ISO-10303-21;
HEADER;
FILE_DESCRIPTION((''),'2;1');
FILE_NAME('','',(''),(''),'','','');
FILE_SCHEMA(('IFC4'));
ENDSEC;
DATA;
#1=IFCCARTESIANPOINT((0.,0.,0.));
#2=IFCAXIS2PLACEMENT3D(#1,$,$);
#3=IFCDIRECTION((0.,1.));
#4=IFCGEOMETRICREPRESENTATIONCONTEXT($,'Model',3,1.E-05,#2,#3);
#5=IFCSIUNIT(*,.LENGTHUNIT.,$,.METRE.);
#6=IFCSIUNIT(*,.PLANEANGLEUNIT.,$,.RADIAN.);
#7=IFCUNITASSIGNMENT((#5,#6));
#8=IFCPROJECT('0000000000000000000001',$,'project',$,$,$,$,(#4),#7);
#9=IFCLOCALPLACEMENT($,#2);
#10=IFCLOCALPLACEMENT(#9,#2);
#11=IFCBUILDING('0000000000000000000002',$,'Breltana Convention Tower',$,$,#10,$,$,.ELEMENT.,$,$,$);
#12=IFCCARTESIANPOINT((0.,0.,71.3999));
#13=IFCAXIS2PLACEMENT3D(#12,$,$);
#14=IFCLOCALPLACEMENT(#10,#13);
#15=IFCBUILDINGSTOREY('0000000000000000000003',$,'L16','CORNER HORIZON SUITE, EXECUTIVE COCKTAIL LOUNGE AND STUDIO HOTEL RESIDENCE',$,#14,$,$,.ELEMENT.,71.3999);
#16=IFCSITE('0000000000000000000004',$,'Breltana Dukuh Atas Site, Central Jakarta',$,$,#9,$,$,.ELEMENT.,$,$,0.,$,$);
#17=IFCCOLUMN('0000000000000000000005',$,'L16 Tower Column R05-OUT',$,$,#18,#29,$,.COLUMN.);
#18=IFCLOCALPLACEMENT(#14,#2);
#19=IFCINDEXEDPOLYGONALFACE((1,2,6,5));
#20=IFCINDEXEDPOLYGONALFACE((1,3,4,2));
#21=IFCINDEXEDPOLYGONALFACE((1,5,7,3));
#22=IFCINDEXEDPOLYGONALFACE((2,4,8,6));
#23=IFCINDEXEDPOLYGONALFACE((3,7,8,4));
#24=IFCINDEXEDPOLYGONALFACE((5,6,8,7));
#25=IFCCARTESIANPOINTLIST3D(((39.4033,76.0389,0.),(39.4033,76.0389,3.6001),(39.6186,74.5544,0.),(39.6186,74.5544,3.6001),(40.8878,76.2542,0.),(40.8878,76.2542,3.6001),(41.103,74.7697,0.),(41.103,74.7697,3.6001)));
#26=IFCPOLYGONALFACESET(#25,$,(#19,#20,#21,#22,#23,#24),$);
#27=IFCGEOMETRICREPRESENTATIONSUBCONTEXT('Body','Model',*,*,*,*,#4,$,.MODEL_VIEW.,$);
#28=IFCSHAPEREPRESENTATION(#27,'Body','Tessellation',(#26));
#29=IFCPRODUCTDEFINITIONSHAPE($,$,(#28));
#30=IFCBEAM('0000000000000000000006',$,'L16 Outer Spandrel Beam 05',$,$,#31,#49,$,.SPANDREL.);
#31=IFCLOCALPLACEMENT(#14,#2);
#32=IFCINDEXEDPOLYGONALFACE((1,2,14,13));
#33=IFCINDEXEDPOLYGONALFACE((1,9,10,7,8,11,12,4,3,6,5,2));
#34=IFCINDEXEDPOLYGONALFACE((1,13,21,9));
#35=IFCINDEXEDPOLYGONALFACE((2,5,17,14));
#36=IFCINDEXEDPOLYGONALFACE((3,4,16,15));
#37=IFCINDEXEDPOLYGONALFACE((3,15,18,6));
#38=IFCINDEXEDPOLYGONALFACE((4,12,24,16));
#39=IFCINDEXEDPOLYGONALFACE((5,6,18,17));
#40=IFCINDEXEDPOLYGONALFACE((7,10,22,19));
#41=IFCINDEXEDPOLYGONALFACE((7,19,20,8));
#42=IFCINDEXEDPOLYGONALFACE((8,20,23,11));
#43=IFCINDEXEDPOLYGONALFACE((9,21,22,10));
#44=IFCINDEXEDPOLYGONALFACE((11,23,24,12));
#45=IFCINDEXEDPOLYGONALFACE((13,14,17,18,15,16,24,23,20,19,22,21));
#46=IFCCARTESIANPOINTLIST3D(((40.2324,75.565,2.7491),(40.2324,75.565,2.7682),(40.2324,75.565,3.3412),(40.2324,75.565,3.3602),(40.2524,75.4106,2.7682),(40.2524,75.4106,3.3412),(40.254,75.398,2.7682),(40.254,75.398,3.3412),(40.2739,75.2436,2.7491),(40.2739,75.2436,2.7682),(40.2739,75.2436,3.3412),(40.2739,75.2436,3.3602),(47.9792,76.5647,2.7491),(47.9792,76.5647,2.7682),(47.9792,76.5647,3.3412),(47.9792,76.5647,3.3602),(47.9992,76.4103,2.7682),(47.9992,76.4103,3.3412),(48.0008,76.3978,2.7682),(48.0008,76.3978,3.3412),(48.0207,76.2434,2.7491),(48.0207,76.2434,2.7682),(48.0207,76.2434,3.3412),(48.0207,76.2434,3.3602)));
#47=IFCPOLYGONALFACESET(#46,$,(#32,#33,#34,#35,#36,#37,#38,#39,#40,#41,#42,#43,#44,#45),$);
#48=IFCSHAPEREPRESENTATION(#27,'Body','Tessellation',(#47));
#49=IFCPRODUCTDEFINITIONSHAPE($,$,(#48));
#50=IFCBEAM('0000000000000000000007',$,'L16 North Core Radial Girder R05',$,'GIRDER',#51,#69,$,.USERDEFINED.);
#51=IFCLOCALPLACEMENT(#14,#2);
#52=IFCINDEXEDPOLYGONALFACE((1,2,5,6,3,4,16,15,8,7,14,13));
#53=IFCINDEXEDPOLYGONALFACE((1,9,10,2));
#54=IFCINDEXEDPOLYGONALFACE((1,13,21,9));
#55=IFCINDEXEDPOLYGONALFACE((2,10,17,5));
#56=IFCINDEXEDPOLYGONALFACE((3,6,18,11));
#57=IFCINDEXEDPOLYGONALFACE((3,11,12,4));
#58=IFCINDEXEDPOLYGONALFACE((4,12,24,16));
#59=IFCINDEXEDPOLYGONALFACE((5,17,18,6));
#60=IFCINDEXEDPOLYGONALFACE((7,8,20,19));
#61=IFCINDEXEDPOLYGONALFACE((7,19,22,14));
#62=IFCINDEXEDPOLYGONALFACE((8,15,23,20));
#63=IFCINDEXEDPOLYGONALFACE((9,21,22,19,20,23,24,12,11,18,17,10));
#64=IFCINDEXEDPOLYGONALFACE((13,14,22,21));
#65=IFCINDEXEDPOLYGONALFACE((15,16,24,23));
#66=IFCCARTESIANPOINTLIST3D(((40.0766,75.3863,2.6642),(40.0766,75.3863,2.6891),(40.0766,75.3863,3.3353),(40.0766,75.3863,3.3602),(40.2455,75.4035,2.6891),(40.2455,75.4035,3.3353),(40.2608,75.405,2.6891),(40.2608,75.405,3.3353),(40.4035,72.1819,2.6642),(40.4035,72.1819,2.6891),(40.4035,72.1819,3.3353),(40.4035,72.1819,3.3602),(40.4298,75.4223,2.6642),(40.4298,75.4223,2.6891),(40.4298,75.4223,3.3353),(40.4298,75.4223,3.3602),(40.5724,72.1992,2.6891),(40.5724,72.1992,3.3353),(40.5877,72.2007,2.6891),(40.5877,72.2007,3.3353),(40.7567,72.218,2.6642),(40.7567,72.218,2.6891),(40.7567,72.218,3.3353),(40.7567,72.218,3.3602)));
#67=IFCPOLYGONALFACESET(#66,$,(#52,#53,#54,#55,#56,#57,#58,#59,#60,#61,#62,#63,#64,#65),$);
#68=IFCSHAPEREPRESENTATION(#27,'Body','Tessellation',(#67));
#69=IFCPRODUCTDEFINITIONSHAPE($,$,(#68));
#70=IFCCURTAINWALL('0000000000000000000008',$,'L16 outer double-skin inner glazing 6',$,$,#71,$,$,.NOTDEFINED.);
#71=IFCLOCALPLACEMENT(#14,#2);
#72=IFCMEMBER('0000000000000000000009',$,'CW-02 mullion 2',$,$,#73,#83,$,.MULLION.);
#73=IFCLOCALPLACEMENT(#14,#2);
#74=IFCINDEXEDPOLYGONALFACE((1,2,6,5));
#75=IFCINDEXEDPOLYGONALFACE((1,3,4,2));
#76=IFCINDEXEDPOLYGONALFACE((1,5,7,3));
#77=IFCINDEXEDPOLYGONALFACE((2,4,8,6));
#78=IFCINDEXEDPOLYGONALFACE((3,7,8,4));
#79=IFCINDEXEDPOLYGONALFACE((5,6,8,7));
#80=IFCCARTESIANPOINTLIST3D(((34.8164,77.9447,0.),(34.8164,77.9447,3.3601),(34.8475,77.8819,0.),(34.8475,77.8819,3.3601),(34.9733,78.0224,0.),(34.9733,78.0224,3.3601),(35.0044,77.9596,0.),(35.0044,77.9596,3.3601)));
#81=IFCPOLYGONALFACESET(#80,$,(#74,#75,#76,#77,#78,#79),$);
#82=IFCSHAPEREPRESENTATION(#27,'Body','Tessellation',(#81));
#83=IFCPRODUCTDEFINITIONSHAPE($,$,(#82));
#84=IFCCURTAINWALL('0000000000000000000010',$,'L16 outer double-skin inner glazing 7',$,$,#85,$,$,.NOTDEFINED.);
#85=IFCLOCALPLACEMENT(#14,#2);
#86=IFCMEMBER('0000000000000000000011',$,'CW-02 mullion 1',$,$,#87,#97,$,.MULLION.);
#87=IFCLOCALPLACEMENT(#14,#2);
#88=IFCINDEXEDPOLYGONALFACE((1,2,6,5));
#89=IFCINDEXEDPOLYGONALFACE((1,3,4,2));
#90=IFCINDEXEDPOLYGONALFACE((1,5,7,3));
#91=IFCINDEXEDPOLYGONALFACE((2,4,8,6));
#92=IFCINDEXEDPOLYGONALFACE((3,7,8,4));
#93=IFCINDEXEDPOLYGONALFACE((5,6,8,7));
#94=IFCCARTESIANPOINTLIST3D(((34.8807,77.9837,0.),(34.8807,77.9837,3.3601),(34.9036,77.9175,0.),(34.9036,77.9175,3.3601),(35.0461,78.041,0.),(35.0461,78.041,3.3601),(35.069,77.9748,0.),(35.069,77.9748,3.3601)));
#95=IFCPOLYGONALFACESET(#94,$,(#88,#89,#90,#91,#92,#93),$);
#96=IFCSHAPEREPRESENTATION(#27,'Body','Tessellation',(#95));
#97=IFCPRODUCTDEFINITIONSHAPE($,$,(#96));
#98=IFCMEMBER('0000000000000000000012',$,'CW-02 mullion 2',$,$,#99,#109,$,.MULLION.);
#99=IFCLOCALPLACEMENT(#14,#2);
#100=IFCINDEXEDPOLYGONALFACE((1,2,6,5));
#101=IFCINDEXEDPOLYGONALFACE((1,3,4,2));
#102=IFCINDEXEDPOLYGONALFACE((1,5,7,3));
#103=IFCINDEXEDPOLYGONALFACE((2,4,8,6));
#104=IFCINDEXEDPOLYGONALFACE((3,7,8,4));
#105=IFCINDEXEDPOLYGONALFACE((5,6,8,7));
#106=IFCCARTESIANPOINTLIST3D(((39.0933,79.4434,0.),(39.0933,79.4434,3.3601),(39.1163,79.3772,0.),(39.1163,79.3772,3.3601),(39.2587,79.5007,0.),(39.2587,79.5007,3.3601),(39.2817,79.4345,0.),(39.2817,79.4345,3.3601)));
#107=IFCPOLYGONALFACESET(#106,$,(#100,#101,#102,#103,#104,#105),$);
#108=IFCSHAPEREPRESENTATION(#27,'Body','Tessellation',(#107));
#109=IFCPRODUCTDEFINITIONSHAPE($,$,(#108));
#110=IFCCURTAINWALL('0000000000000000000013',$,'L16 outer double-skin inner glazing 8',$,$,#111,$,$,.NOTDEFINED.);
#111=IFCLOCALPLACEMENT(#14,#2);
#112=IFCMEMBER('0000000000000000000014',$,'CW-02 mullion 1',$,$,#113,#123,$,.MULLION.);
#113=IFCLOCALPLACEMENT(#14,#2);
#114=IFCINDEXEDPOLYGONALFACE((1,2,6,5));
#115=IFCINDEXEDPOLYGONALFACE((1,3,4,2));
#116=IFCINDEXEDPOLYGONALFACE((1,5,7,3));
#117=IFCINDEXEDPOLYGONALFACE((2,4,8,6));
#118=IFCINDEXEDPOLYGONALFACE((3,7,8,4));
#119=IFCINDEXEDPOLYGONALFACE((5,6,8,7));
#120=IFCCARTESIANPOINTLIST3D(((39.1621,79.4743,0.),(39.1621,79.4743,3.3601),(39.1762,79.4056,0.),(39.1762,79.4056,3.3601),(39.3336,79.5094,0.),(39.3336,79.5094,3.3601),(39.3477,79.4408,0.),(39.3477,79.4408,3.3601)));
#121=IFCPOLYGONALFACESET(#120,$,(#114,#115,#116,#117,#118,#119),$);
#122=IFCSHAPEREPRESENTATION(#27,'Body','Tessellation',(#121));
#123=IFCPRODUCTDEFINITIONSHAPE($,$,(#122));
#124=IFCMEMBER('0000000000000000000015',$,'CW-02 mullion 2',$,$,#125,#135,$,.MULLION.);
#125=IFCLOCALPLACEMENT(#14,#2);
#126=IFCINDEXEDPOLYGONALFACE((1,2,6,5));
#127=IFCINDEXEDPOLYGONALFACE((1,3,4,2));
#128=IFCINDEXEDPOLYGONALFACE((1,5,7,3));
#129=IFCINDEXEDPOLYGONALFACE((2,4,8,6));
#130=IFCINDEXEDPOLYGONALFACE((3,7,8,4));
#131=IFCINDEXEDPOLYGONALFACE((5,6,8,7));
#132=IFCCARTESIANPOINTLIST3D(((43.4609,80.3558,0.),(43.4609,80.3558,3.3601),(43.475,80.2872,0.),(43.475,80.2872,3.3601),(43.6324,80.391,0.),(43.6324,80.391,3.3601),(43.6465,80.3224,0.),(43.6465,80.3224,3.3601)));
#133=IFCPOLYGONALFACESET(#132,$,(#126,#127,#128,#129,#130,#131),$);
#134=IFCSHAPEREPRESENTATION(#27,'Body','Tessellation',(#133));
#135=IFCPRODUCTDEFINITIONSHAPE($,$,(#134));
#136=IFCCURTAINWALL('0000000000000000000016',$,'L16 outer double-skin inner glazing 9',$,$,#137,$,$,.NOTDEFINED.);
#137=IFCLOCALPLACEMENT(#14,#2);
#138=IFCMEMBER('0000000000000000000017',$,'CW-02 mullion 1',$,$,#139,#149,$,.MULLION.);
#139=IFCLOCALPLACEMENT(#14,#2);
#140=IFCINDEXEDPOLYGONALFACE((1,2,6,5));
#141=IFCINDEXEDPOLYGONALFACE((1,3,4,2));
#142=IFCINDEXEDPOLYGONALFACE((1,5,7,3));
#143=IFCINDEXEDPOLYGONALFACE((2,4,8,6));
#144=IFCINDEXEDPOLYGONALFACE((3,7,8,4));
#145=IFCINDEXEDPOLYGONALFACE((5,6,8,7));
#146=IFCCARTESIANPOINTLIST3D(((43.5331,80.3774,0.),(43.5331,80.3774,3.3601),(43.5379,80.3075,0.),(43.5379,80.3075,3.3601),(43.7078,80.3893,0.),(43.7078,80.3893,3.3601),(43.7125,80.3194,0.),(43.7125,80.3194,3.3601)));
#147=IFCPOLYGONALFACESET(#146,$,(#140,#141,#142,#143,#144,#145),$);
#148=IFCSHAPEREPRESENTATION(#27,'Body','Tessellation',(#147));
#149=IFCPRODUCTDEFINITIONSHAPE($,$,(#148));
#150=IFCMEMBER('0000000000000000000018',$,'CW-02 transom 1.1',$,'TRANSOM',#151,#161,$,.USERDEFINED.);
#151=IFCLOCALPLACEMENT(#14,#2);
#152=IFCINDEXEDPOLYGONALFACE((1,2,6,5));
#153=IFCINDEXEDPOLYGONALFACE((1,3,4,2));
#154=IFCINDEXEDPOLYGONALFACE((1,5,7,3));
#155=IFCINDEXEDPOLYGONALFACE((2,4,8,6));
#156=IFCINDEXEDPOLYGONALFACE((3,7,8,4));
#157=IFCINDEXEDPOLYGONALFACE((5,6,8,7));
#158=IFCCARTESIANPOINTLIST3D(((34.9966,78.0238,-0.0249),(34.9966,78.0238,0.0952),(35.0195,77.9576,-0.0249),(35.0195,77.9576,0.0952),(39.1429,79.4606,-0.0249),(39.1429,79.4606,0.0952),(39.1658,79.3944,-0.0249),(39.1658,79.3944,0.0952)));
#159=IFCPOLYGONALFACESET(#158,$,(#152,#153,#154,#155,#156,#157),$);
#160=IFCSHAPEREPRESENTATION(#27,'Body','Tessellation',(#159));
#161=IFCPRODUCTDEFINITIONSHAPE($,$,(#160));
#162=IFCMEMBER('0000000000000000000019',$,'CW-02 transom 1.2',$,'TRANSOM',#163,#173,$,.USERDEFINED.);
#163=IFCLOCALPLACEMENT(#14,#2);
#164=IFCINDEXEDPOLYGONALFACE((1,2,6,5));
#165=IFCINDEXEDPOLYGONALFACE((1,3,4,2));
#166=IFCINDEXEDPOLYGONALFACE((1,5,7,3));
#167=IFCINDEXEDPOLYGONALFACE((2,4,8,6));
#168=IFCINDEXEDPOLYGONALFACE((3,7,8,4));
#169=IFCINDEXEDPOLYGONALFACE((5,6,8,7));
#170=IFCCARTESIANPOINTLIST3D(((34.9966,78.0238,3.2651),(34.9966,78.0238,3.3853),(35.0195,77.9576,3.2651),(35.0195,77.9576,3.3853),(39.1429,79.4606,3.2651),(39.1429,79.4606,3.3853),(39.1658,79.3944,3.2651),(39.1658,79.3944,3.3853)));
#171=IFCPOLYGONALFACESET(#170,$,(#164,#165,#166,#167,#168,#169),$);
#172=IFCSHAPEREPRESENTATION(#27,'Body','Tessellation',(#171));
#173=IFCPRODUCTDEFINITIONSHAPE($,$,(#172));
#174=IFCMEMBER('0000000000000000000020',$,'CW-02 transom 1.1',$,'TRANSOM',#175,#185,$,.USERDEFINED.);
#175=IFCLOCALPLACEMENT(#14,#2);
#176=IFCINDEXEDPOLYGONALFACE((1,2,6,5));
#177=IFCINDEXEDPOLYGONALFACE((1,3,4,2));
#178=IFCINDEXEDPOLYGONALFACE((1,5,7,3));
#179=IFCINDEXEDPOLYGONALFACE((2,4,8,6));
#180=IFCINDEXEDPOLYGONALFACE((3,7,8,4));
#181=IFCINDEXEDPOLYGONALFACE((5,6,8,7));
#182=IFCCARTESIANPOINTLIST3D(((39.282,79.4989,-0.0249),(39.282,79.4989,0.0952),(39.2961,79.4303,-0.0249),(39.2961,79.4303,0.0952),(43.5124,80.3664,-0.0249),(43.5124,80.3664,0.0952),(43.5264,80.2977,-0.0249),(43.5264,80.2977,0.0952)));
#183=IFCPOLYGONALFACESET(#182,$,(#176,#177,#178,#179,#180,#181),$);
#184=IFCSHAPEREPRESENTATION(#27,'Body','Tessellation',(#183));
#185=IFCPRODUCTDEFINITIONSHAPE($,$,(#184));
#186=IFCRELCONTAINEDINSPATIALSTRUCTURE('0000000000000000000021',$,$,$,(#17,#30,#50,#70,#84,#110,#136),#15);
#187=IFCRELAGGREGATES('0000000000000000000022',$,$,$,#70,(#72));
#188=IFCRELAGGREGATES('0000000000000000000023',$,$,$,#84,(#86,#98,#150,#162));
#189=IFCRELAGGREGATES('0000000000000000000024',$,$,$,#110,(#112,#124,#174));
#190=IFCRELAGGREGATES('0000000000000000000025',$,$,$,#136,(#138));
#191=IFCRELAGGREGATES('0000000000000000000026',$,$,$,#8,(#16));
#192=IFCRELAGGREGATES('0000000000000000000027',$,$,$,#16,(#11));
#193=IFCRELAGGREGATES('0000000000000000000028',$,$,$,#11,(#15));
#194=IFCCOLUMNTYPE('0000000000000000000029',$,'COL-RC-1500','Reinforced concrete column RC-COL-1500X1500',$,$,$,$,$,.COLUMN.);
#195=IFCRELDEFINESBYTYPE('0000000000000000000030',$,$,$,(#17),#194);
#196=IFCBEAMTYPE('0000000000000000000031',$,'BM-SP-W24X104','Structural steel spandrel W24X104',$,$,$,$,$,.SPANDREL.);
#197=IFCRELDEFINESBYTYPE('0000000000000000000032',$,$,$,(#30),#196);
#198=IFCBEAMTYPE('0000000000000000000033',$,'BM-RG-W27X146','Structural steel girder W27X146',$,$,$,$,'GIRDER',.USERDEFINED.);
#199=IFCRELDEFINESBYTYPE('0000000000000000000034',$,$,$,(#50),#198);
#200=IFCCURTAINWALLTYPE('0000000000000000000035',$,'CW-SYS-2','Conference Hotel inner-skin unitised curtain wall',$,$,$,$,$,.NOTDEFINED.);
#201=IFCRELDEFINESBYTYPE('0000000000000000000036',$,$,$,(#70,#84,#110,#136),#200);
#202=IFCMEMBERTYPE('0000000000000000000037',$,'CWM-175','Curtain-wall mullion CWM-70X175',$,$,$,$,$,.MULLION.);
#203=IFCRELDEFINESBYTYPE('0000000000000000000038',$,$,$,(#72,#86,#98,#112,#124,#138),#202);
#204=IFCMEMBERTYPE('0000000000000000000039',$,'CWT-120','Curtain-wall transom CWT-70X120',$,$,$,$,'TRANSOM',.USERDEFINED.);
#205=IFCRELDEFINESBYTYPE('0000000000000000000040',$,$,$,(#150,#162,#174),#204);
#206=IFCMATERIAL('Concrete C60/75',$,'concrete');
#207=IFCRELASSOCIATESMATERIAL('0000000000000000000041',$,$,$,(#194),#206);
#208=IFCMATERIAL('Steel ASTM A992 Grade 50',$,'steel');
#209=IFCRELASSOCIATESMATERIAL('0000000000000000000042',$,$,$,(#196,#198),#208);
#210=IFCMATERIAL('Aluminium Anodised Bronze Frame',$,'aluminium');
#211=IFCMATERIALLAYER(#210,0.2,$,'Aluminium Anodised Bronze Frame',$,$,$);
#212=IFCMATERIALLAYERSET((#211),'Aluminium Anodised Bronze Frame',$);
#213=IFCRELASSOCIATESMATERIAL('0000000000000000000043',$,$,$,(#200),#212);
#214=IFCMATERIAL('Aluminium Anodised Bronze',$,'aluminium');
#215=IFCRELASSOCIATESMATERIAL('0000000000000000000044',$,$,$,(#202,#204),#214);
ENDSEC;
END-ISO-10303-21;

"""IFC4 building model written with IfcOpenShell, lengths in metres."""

from ifc_helpers import new_model, si_unit, direction, frame, origin, origin_2d, place, context, subcontext, project, spatial, rectangle, i_section, extrude, source, transform, mapped, material, layer, layer_set, material_profile, profile_set, type_object, type_shapes, element, aggregate, save


model = new_model("IFC4")

# Units and contexts
model_context = context("Model", 3, precision=1e-05, world=origin(), true_north=direction((0.0, 1.0)))
body_context = subcontext(model_context, "Body", "Model", "MODEL_VIEW")
ifc_project = project(units=[si_unit("LENGTHUNIT", "METRE"), si_unit("PLANEANGLEUNIT", "RADIAN")], contexts=[model_context])

# Site, building, storey
site_placement = place(None, origin())
site = spatial("IfcSite", under=ifc_project, at=site_placement, Name="Breltana Dukuh Atas Site, Central Jakarta", CompositionType="ELEMENT", RefElevation=0.0)
building_placement = place(site_placement, origin())
building = spatial("IfcBuilding", under=site, at=building_placement, Name="Breltana Convention Tower", CompositionType="ELEMENT")
storey_placement = place(building_placement, frame((0.0, 0.0, 71.3999)))
storey = spatial("IfcBuildingStorey", under=building, at=storey_placement, Name="L16", Description="CORNER HORIZON SUITE, EXECUTIVE COCKTAIL LOUNGE AND STUDIO HOTEL RESIDENCE", CompositionType="ELEMENT", Elevation=71.3999)

# Column
ifc_material_1 = material(Name="Concrete C60/75", Category="concrete")
ifc_material_profile_1 = material_profile(ifc_material_1, rectangle(XDim=1.5, YDim=1.5, at=origin_2d()), Name="RC-COL-1500X1500")
ifc_profile_set_1 = profile_set([ifc_material_profile_1], Name="Concrete C60/75")
column_type = type_object("IfcColumnType", Name="COL-RC-1500", Description="Reinforced concrete column RC-COL-1500X1500", PredefinedType="COLUMN", material=ifc_profile_set_1)
shared_shape_1 = source(origin(), body_context, "Body", "SweptSolid", [
    extrude(rectangle(XDim=1.5, YDim=1.5, at=origin_2d()), origin(), (0.0, 0.0, 1.0), 3.6001),
])
column_placement = place(storey_placement, frame((40.2532, 75.4043, 0.0), z_axis=(0.0, 0.0, 1.0), x_axis=(-0.143493, 0.989651, 0.0)))
element("IfcColumn", 1, at=column_placement, inside=storey, type_object=column_type, Name="L16 Tower Column R05-OUT", PredefinedType="COLUMN", context=body_context, shape_type="MappedRepresentation", body=[
    mapped(shared_shape_1, transform((0.0, 0.0, 0.0), scale=1.0)),
])

# Beams
ifc_material_2 = material(Name="Steel ASTM A992 Grade 50", Category="steel")
ifc_material_profile_2 = material_profile(ifc_material_2, i_section(OverallWidth=0.324, OverallDepth=0.6111, WebThickness=0.0127, FlangeThickness=0.019, at=origin_2d()), Name="W24X104")
ifc_profile_set_2 = profile_set([ifc_material_profile_2], Name="Steel ASTM A992 Grade 50")
beam_type_1 = type_object("IfcBeamType", Name="BM-SP-W24X104", Description="Structural steel spandrel W24X104", PredefinedType="SPANDREL", material=ifc_profile_set_2)
shared_shape_2 = source(origin(), body_context, "Body", "SweptSolid", [
    extrude(i_section(OverallWidth=0.324, OverallDepth=0.6111, WebThickness=0.0127, FlangeThickness=0.019, at=origin_2d()), origin(), (0.0, 0.0, 1.0), 7.811),
])
beam_1_placement = place(storey_placement, frame((40.2532, 75.4043, 3.0547), z_axis=(0.991775, 0.127992, 0.0), x_axis=(-0.127992, 0.991775, 0.0)))
element("IfcBeam", 2, at=beam_1_placement, inside=storey, type_object=beam_type_1, Name="L16 Outer Spandrel Beam 05", PredefinedType="SPANDREL", context=body_context, shape_type="MappedRepresentation", body=[
    mapped(shared_shape_2, transform((0.0, 0.0, 0.0), scale=1.0)),
])
ifc_material_profile_3 = material_profile(ifc_material_2, i_section(OverallWidth=0.355, OverallDepth=0.696, WebThickness=0.0154, FlangeThickness=0.0249, at=origin_2d()), Name="W27X146")
ifc_profile_set_3 = profile_set([ifc_material_profile_3], Name="Steel ASTM A992 Grade 50")
beam_type_2 = type_object("IfcBeamType", Name="BM-RG-W27X146", Description="Structural steel girder W27X146", ElementType="GIRDER", PredefinedType="USERDEFINED", material=ifc_profile_set_3)
shared_shape_3 = source(origin(), body_context, "Body", "SweptSolid", [
    extrude(i_section(OverallWidth=0.355, OverallDepth=0.696, WebThickness=0.0154, FlangeThickness=0.0249, at=origin_2d()), origin(), (0.0, 0.0, 1.0), 3.2209),
])
beam_2_placement = place(storey_placement, frame((40.5801, 72.2, 3.0122), z_axis=(-0.101492, 0.994836, 0.0), x_axis=(-0.994836, -0.101492, 0.0)))
element("IfcBeam", 3, at=beam_2_placement, inside=storey, type_object=beam_type_2, Name="L16 North Core Radial Girder R05", ObjectType="GIRDER", PredefinedType="USERDEFINED", context=body_context, shape_type="MappedRepresentation", body=[
    mapped(shared_shape_3, transform((0.0, 0.0, 0.0), scale=1.0)),
])

# Curtain wall, member
ifc_material_3 = material(Name="Aluminium Anodised Bronze Frame", Category="aluminium")
ifc_layer_1 = layer(ifc_material_3, 0.2, Name="Aluminium Anodised Bronze Frame")
ifc_layer_set_1 = layer_set([ifc_layer_1], Name="Aluminium Anodised Bronze Frame")
curtain_wall_type = type_object("IfcCurtainWallType", Name="CW-SYS-2", Description="Conference Hotel inner-skin unitised curtain wall", PredefinedType="NOTDEFINED", material=ifc_layer_set_1)
curtain_wall_1_placement = place(storey_placement, origin())
curtain_wall_1 = element("IfcCurtainWall", 4, at=curtain_wall_1_placement, inside=storey, type_object=curtain_wall_type, Name="L16 outer double-skin inner glazing 6", PredefinedType="NOTDEFINED")
ifc_material_4 = material(Name="Aluminium Anodised Bronze", Category="aluminium")
ifc_material_profile_4 = material_profile(ifc_material_4, rectangle(XDim=0.0701, YDim=0.175, at=origin_2d()), Name="CWM-70X175")
ifc_profile_set_4 = profile_set([ifc_material_profile_4], Name="Aluminium Anodised Bronze")
member_type_1 = type_object("IfcMemberType", Name="CWM-175", Description="Curtain-wall mullion CWM-70X175", PredefinedType="MULLION", material=ifc_profile_set_4)
shared_shape_4 = source(origin(), body_context, "Body", "SweptSolid", [
    extrude(rectangle(XDim=0.0701, YDim=0.175, at=origin_2d()), origin(), (0.0, 0.0, 1.0), 3.3601),
])
type_shapes(member_type_1, [shared_shape_4])
member_1_placement = place(storey_placement, frame((34.9104, 77.9521, 0.0), z_axis=(0.0, 0.0, 1.0), x_axis=(-0.444108, 0.895973, 0.0)))
member_1 = element("IfcMember", 5, at=member_1_placement, type_object=member_type_1, Name="CW-02 mullion 2", PredefinedType="MULLION", context=body_context, shape_type="MappedRepresentation", body=[
    mapped(shared_shape_4, transform((0.0, 0.0, 0.0), scale=1.0)),
])

# Curtain walls, members
curtain_wall_2_placement = place(storey_placement, origin())
curtain_wall_2 = element("IfcCurtainWall", 6, at=curtain_wall_2_placement, inside=storey, type_object=curtain_wall_type, Name="L16 outer double-skin inner glazing 7", PredefinedType="NOTDEFINED")
member_2_placement = place(storey_placement, frame((34.9749, 77.9792, 0.0), z_axis=(0.0, 0.0, 1.0), x_axis=(-0.327428, 0.944876, 0.0)))
member_2 = element("IfcMember", 7, at=member_2_placement, type_object=member_type_1, Name="CW-02 mullion 1", PredefinedType="MULLION", context=body_context, shape_type="MappedRepresentation", body=[
    mapped(shared_shape_4, transform((0.0, 0.0, 0.0), scale=1.0)),
])
member_3_placement = place(storey_placement, frame((39.1875, 79.439, 0.0), z_axis=(0.0, 0.0, 1.0), x_axis=(-0.327428, 0.944876, 0.0)))
member_3 = element("IfcMember", 8, at=member_3_placement, type_object=member_type_1, Name="CW-02 mullion 2", PredefinedType="MULLION", context=body_context, shape_type="MappedRepresentation", body=[
    mapped(shared_shape_4, transform((0.0, 0.0, 0.0), scale=1.0)),
])
curtain_wall_3_placement = place(storey_placement, origin())
curtain_wall_3 = element("IfcCurtainWall", 9, at=curtain_wall_3_placement, inside=storey, type_object=curtain_wall_type, Name="L16 outer double-skin inner glazing 8", PredefinedType="NOTDEFINED")
member_4_placement = place(storey_placement, frame((39.2549, 79.4575, 0.0), z_axis=(0.0, 0.0, 1.0), x_axis=(-0.200885, 0.979615, 0.0)))
member_4 = element("IfcMember", 10, at=member_4_placement, type_object=member_type_1, Name="CW-02 mullion 1", PredefinedType="MULLION", context=body_context, shape_type="MappedRepresentation", body=[
    mapped(shared_shape_4, transform((0.0, 0.0, 0.0), scale=1.0)),
])
member_5_placement = place(storey_placement, frame((43.5537, 80.3391, 0.0), z_axis=(0.0, 0.0, 1.0), x_axis=(-0.200885, 0.979615, 0.0)))
member_5 = element("IfcMember", 11, at=member_5_placement, type_object=member_type_1, Name="CW-02 mullion 2", PredefinedType="MULLION", context=body_context, shape_type="MappedRepresentation", body=[
    mapped(shared_shape_4, transform((0.0, 0.0, 0.0), scale=1.0)),
])

# Curtain wall, member
curtain_wall_4_placement = place(storey_placement, origin())
curtain_wall_4 = element("IfcCurtainWall", 12, at=curtain_wall_4_placement, inside=storey, type_object=curtain_wall_type, Name="L16 outer double-skin inner glazing 9", PredefinedType="NOTDEFINED")
member_6_placement = place(storey_placement, frame((43.6228, 80.3484, 0.0), z_axis=(0.0, 0.0, 1.0), x_axis=(-0.067726, 0.997704, 0.0)))
member_6 = element("IfcMember", 13, at=member_6_placement, type_object=member_type_1, Name="CW-02 mullion 1", PredefinedType="MULLION", context=body_context, shape_type="MappedRepresentation", body=[
    mapped(shared_shape_4, transform((0.0, 0.0, 0.0), scale=1.0)),
])

# Members
ifc_material_profile_5 = material_profile(ifc_material_4, rectangle(XDim=0.0701, YDim=0.1201, at=origin_2d()), Name="CWT-70X120")
ifc_profile_set_5 = profile_set([ifc_material_profile_5], Name="Aluminium Anodised Bronze")
member_type_2 = type_object("IfcMemberType", Name="CWT-120", Description="Curtain-wall transom CWT-70X120", ElementType="TRANSOM", PredefinedType="USERDEFINED", material=ifc_profile_set_5)
shared_shape_5 = source(origin(), body_context, "Body", "SweptSolid", [
    extrude(rectangle(XDim=0.0701, YDim=0.1201, at=origin_2d()), origin(), (0.0, 0.0, 1.0), 4.3882),
])
member_7_placement = place(storey_placement, frame((35.0081, 77.9907, 0.0352), z_axis=(0.944878, 0.327422, 0.0), x_axis=(-0.327422, 0.944878, 0.0)))
member_7 = element("IfcMember", 14, at=member_7_placement, type_object=member_type_2, Name="CW-02 transom 1.1", ObjectType="TRANSOM", PredefinedType="USERDEFINED", context=body_context, shape_type="MappedRepresentation", body=[
    mapped(shared_shape_5, transform((0.0, 0.0, 0.0), scale=1.0)),
])
member_8_placement = place(storey_placement, frame((35.0081, 77.9907, 3.3252), z_axis=(0.944878, 0.327422, 0.0), x_axis=(-0.327422, 0.944878, 0.0)))
member_8 = element("IfcMember", 15, at=member_8_placement, type_object=member_type_2, Name="CW-02 transom 1.2", ObjectType="TRANSOM", PredefinedType="USERDEFINED", context=body_context, shape_type="MappedRepresentation", body=[
    mapped(shared_shape_5, transform((0.0, 0.0, 0.0), scale=1.0)),
])
shared_shape_6 = source(origin(), body_context, "Body", "SweptSolid", [
    extrude(rectangle(XDim=0.0701, YDim=0.1201, at=origin_2d()), origin(), (0.0, 0.0, 1.0), 4.3184),
])
member_9_placement = place(storey_placement, frame((39.2891, 79.4646, 0.0352), z_axis=(0.979617, 0.200876, 0.0), x_axis=(-0.200876, 0.979617, 0.0)))
member_9 = element("IfcMember", 16, at=member_9_placement, type_object=member_type_2, Name="CW-02 transom 1.1", ObjectType="TRANSOM", PredefinedType="USERDEFINED", context=body_context, shape_type="MappedRepresentation", body=[
    mapped(shared_shape_6, transform((0.0, 0.0, 0.0), scale=1.0)),
])

aggregate(curtain_wall_1, [member_1])
aggregate(curtain_wall_2, [member_2, member_3, member_7, member_8])
aggregate(curtain_wall_3, [member_4, member_5, member_9])
aggregate(curtain_wall_4, [member_6])

save(model, "model.ifc")
